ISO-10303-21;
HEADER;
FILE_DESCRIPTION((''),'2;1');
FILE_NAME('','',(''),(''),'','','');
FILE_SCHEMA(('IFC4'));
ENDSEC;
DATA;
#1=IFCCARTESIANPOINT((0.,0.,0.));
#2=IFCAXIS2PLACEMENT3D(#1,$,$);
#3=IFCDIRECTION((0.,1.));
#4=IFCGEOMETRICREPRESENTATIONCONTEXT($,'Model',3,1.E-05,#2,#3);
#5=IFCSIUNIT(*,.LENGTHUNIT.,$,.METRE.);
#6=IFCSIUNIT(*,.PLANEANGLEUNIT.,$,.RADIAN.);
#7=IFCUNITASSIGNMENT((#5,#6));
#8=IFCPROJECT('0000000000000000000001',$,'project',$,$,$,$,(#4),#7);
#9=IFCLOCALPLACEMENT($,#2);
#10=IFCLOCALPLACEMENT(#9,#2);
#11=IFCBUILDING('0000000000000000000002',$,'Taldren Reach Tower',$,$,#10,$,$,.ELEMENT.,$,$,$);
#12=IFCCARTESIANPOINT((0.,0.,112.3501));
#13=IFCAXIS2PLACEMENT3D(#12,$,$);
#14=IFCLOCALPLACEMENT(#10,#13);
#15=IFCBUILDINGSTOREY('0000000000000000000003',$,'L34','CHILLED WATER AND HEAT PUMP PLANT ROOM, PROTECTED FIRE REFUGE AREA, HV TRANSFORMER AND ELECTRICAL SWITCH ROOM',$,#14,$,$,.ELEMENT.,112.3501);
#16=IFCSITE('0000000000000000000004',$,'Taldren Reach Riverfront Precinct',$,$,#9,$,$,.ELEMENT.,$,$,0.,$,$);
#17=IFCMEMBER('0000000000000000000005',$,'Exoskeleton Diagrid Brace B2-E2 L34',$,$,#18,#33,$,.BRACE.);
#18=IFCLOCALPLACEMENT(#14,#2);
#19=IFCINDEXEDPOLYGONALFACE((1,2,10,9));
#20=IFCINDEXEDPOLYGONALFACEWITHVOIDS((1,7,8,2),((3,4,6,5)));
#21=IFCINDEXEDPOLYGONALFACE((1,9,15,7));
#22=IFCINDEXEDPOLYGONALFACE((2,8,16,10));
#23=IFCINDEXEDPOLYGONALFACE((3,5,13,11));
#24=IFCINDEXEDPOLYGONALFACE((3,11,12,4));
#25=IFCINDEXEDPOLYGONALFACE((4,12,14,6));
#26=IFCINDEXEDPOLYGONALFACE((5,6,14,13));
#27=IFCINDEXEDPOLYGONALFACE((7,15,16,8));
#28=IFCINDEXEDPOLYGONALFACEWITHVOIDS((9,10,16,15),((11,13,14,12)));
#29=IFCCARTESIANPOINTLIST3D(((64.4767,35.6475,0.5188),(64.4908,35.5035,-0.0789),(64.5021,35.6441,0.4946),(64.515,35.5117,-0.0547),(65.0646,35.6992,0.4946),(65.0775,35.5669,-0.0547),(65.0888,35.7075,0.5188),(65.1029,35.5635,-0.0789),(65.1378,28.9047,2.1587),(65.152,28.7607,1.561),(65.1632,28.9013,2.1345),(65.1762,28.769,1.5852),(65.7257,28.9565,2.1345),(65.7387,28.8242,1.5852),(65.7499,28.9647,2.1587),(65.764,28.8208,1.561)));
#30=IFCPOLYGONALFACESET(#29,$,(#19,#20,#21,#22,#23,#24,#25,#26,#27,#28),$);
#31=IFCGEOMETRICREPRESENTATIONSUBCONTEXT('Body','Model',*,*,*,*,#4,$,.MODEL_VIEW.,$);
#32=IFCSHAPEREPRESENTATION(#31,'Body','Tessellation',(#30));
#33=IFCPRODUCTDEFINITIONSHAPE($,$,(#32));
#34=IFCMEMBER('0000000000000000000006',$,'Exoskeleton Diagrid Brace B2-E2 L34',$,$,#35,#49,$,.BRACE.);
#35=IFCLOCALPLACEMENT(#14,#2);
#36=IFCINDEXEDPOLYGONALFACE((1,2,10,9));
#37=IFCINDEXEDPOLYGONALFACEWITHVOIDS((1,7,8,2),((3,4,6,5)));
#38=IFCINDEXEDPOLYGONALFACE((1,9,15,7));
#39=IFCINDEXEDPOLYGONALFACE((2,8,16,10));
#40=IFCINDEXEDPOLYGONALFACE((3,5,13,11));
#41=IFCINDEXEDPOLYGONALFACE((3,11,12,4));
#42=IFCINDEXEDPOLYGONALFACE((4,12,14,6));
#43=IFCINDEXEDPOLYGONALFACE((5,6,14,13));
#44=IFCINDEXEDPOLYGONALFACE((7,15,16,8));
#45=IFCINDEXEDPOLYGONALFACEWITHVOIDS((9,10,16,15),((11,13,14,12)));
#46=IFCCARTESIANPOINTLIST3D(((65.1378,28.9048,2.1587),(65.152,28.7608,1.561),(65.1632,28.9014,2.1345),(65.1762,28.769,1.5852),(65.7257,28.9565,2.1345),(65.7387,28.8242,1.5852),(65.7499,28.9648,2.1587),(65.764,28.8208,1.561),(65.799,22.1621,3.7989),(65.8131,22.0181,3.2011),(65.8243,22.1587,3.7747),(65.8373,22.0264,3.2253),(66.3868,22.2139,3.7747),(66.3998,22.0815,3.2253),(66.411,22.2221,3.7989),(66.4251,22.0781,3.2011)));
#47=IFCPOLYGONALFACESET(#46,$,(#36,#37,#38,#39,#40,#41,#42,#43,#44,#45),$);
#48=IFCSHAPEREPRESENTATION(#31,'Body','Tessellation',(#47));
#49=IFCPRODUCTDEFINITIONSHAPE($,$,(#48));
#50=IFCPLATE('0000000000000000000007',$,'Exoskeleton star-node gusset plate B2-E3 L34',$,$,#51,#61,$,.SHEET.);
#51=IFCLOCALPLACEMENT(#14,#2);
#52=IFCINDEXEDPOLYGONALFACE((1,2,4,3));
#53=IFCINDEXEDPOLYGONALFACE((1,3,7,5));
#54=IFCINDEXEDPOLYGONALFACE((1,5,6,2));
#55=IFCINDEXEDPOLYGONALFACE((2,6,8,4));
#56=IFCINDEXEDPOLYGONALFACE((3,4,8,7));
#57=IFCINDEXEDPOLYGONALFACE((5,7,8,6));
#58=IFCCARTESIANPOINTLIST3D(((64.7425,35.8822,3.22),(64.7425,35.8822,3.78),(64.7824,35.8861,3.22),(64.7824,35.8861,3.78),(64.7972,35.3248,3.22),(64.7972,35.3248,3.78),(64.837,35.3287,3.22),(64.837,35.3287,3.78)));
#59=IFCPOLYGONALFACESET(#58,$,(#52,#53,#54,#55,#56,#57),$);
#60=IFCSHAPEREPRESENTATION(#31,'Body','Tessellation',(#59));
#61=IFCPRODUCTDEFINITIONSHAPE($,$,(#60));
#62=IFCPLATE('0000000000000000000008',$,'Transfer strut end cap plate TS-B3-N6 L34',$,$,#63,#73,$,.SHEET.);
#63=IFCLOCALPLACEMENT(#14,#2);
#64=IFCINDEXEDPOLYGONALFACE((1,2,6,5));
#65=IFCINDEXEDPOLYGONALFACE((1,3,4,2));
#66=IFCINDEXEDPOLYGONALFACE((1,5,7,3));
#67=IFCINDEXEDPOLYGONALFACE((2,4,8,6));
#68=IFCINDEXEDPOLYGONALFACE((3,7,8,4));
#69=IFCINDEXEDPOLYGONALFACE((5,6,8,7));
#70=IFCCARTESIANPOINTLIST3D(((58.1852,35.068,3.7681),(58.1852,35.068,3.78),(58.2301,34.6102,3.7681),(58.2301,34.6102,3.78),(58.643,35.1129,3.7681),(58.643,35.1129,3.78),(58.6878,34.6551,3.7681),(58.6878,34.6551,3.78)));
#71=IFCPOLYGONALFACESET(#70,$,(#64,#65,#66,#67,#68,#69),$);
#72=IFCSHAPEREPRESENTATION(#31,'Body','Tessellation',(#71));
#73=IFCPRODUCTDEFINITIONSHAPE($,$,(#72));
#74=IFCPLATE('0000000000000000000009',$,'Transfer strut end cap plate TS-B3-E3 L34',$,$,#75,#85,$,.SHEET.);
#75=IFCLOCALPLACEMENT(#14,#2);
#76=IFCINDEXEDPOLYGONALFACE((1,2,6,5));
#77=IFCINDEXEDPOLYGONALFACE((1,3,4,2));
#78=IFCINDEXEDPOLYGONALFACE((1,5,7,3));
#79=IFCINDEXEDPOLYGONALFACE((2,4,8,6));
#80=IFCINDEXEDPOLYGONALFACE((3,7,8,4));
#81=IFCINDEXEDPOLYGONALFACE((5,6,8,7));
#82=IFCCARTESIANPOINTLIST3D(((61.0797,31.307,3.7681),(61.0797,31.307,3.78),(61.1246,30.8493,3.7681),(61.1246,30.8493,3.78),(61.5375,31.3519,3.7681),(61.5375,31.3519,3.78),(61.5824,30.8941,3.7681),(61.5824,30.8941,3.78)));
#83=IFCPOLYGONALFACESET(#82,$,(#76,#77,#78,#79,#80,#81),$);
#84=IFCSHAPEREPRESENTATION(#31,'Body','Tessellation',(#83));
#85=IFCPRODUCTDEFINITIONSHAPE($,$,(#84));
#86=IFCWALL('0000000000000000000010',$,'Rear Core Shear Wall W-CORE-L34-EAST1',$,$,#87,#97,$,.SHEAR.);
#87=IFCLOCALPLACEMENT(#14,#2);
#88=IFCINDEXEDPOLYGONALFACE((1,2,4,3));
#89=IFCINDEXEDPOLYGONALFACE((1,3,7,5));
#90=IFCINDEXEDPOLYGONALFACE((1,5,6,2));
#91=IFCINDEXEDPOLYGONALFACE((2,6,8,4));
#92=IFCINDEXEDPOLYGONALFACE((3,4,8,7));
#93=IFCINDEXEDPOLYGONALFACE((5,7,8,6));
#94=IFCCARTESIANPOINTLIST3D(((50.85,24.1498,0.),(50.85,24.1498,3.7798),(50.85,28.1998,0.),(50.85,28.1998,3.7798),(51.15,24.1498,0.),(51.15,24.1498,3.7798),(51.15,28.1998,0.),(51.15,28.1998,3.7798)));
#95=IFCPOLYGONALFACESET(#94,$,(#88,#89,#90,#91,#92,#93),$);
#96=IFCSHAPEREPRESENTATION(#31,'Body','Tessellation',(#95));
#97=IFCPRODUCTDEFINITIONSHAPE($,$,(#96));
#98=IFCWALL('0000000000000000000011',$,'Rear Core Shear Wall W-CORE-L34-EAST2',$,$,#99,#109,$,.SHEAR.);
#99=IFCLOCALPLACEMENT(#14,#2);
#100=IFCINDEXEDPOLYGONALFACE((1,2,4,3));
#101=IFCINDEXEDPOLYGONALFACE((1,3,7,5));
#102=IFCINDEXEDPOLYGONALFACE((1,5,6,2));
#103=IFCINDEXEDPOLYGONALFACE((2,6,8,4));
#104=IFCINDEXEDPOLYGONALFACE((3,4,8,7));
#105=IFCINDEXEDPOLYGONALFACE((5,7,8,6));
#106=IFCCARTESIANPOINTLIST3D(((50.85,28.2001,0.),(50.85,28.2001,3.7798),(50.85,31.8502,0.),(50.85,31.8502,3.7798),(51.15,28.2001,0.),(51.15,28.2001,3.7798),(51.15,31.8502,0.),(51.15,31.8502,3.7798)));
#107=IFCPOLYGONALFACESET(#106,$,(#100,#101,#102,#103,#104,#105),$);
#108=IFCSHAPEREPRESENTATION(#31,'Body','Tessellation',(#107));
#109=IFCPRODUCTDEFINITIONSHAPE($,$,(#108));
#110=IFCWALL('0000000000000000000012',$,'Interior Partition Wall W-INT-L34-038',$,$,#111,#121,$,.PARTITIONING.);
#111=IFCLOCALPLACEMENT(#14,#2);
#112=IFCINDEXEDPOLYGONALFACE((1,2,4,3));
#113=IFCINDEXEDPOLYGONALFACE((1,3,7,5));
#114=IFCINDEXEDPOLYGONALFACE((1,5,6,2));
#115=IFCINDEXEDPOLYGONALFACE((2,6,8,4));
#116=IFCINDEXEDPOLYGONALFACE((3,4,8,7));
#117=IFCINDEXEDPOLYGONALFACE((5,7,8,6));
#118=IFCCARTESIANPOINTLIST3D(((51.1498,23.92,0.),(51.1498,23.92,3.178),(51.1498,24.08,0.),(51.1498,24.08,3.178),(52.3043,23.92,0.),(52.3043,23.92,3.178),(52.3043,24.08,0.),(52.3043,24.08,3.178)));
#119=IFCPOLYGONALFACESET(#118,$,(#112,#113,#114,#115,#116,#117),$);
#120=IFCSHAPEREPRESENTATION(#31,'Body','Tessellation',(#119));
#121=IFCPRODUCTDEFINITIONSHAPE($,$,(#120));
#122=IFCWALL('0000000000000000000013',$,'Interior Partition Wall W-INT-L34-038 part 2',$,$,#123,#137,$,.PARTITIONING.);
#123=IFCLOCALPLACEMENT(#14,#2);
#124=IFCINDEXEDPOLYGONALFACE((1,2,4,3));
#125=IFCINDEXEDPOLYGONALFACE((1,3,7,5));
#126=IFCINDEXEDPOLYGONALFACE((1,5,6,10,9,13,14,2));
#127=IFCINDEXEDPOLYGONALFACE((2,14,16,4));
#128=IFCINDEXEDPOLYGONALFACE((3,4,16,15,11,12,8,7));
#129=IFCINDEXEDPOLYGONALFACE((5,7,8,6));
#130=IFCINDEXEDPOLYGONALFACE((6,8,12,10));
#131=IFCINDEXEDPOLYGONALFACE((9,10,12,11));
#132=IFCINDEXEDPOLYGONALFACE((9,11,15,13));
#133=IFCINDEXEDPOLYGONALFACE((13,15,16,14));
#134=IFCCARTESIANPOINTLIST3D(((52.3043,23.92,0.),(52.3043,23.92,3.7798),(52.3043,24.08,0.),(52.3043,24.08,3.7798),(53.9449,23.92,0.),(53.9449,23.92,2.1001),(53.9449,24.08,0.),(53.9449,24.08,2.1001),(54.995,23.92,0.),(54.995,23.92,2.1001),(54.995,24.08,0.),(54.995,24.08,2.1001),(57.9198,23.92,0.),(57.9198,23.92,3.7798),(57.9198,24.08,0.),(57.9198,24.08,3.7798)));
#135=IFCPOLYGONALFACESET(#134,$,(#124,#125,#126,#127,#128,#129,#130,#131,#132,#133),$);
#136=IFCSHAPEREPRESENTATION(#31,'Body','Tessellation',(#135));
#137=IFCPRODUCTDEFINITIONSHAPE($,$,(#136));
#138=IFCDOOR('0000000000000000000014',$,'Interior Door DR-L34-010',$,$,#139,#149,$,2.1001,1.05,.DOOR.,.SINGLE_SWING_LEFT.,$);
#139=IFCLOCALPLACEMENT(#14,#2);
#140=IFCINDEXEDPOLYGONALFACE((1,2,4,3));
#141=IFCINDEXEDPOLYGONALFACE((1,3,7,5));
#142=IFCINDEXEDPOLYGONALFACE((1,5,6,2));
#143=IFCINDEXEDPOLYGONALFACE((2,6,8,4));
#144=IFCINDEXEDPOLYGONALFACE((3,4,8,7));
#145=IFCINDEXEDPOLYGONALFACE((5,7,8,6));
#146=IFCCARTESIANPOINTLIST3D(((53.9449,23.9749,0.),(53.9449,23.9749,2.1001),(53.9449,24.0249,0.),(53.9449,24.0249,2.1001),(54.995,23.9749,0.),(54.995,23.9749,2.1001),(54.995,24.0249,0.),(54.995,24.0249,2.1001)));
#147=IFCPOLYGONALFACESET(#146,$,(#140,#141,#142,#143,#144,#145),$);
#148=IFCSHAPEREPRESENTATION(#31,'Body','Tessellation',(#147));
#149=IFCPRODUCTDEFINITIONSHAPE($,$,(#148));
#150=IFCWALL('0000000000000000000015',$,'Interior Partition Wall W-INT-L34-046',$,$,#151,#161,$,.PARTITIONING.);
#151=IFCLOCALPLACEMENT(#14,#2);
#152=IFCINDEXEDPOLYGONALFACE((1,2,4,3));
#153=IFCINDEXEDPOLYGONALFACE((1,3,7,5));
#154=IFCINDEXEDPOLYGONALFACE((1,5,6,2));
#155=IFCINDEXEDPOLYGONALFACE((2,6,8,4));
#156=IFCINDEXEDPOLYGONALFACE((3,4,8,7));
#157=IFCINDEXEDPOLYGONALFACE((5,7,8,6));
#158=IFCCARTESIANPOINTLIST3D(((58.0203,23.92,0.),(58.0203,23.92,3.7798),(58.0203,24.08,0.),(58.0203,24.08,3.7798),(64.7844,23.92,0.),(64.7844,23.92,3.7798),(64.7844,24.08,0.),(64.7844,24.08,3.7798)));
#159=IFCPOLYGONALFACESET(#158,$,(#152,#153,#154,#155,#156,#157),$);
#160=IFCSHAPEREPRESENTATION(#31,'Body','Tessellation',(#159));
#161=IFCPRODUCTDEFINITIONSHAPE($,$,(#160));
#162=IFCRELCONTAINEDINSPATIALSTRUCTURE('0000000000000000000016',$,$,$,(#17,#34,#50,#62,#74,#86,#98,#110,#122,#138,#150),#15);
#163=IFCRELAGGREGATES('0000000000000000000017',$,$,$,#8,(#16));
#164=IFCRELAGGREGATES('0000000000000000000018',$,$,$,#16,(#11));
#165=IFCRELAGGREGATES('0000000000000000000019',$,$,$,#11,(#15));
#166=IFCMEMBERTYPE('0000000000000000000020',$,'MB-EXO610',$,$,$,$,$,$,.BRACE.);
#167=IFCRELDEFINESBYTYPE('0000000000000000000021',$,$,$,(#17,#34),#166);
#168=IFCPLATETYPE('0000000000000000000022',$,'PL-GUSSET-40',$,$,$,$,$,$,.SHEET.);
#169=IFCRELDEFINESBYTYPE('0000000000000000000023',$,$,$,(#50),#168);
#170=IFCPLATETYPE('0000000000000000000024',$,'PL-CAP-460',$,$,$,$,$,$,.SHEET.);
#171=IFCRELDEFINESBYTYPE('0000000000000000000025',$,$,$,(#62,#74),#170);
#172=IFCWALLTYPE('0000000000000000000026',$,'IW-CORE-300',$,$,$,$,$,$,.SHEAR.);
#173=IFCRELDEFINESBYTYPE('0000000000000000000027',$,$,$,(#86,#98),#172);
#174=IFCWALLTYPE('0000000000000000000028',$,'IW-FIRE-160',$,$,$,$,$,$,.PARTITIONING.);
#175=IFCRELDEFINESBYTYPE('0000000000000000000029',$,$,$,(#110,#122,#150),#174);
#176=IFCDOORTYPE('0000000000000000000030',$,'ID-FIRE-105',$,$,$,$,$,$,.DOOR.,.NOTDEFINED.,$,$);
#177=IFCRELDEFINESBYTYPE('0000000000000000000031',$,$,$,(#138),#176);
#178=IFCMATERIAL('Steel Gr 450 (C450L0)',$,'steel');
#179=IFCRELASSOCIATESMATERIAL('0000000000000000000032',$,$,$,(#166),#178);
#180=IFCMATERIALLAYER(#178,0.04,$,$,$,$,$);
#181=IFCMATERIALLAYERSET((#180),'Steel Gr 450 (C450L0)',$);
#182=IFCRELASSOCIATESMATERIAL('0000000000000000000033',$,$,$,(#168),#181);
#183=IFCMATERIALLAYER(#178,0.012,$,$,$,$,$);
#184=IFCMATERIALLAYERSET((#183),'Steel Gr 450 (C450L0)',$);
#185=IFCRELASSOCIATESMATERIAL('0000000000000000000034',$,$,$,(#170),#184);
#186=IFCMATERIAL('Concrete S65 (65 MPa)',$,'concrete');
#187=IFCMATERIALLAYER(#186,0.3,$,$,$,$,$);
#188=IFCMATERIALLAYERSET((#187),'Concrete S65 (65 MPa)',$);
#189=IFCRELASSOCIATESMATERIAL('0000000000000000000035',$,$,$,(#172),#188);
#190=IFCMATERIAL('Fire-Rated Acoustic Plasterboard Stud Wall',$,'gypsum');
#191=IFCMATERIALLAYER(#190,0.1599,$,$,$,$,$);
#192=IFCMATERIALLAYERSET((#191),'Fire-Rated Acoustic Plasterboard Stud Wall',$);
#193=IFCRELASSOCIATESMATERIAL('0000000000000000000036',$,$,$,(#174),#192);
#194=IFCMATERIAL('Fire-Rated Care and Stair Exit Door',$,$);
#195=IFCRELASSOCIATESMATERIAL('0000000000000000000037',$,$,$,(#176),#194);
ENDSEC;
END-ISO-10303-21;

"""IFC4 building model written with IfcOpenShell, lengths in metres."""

from ifc_helpers import new_model, si_unit, direction, frame, frame_2d, origin, origin_2d, place, context, subcontext, project, spatial, rectangle, hollow_rectangle, extrude, source, transform, mapped, material, layer, layer_set, material_profile, profile_set, type_object, element, fill, save


model = new_model("IFC4")

# Units and contexts
model_context = context("Model", 3, precision=1e-05, world=origin(), true_north=direction((0.0, 1.0)))
body_context = subcontext(model_context, "Body", "Model", "MODEL_VIEW")
ifc_project = project(units=[si_unit("LENGTHUNIT", "METRE"), si_unit("PLANEANGLEUNIT", "RADIAN")], contexts=[model_context])

# Site, building, storey
site_placement = place(None, origin())
site = spatial("IfcSite", under=ifc_project, at=site_placement, Name="Taldren Reach Riverfront Precinct", CompositionType="ELEMENT", RefElevation=0.0)
building_placement = place(site_placement, origin())
building = spatial("IfcBuilding", under=site, at=building_placement, Name="Taldren Reach Tower", CompositionType="ELEMENT")
storey_placement = place(building_placement, frame((0.0, 0.0, 112.3501)))
storey = spatial("IfcBuildingStorey", under=building, at=storey_placement, Name="L34", Description="CHILLED WATER AND HEAT PUMP PLANT ROOM, PROTECTED FIRE REFUGE AREA, HV TRANSFORMER AND ELECTRICAL SWITCH ROOM", CompositionType="ELEMENT", Elevation=112.3501)

# Shared definitions
ifc_material_1 = material(Name="Concrete S65 (65 MPa)", Category="concrete")

# Shared definitions
ifc_material_2 = material(Name="Steel Gr 450 (C450L0)", Category="steel")

# Members
ifc_material_profile_1 = material_profile(ifc_material_2, hollow_rectangle(XDim=0.615, YDim=0.615, WallThickness=0.0249, at=origin_2d()), Name="615x615x25.0SHS")
ifc_profile_set_1 = profile_set([ifc_material_profile_1], Name="Steel Gr 450 (C450L0)")
member_type_1 = type_object("IfcMemberType", Name="MB-EXO610", PredefinedType="BRACE", material=ifc_profile_set_1)
shared_shape_1 = source(origin(), body_context, "Body", "SweptSolid", [
    extrude(hollow_rectangle(XDim=0.615, YDim=0.615, WallThickness=0.0249, at=origin_2d()), origin(), (0.0, 0.0, 1.0), 6.9707),
])
for number, where, z_axis, x_axis, name in (
    (1, (64.7898, 35.6055, 0.22), (0.094845, -0.967295, 0.235257), (0.995227, 0.097584, 0.0), "Exoskeleton Diagrid Brace B2-E2 L34"),
    (2, (65.4509, 28.8628, 1.8599), (0.094844, -0.967287, 0.23529), (0.995227, 0.097584, 0.0), "Exoskeleton Diagrid Brace B2-E2 L34"),
):
    element("IfcMember", number, at=place(storey_placement, frame(where, z_axis=z_axis, x_axis=x_axis)), inside=storey, type_object=member_type_1, Name=name, PredefinedType="BRACE", context=body_context, shape_type="MappedRepresentation", body=[
        mapped(shared_shape_1, transform((0.0, 0.0, 0.0), scale=1.0)),
    ])

# Plates
ifc_layer_1 = layer(ifc_material_2, 0.04)
ifc_layer_set_1 = layer_set([ifc_layer_1], Name="Steel Gr 450 (C450L0)")
plate_type_1 = type_object("IfcPlateType", Name="PL-GUSSET-40", PredefinedType="SHEET", material=ifc_layer_set_1)
shared_shape_2 = source(origin(), body_context, "Body", "SweptSolid", [
    extrude(rectangle(XDim=0.5601, YDim=0.04, at=origin_2d()), origin(), (0.0, 0.0, 1.0), 0.5601),
])
plate_placement = place(storey_placement, frame((64.7898, 35.6055, 3.22), z_axis=(0.0, 0.0, 1.0), x_axis=(-0.097583, 0.995227, 0.0)))
element("IfcPlate", 3, at=plate_placement, inside=storey, type_object=plate_type_1, Name="Exoskeleton star-node gusset plate B2-E3 L34", PredefinedType="SHEET", context=body_context, shape_type="MappedRepresentation", body=[
    mapped(shared_shape_2, transform((0.0, 0.0, 0.0), scale=1.0)),
])
ifc_layer_2 = layer(ifc_material_2, 0.012)
ifc_layer_set_2 = layer_set([ifc_layer_2], Name="Steel Gr 450 (C450L0)")
plate_type_2 = type_object("IfcPlateType", Name="PL-CAP-460", PredefinedType="SHEET", material=ifc_layer_set_2)
shared_shape_3 = source(origin(), body_context, "Body", "SweptSolid", [
    extrude(rectangle(XDim=0.46, YDim=0.46, at=origin_2d()), origin(), (0.0, 0.0, 1.0), 0.012),
])
for number, where, z_axis, x_axis, name in (
    (4, (58.4365, 34.8616, 3.7681), (0.0, 0.0, 1.0), (0.995227, 0.097583, 0.0), "Transfer strut end cap plate TS-B3-N6 L34"),
    (5, (61.3311, 31.1006, 3.7681), (0.0, 0.0, 1.0), (0.995227, 0.097583, 0.0), "Transfer strut end cap plate TS-B3-E3 L34"),
):
    element("IfcPlate", number, at=place(storey_placement, frame(where, z_axis=z_axis, x_axis=x_axis)), inside=storey, type_object=plate_type_2, Name=name, PredefinedType="SHEET", context=body_context, shape_type="MappedRepresentation", body=[
        mapped(shared_shape_3, transform((0.0, 0.0, 0.0), scale=1.0)),
    ])

# Walls
ifc_layer_3 = layer(ifc_material_1, 0.3)
ifc_layer_set_3 = layer_set([ifc_layer_3], Name="Concrete S65 (65 MPa)")
wall_type_1 = type_object("IfcWallType", Name="IW-CORE-300", PredefinedType="SHEAR", material=ifc_layer_set_3)
shared_shape_4 = source(origin(), body_context, "Body", "SweptSolid", [
    extrude(rectangle(XDim=4.05, YDim=0.3, at=frame_2d((2.0249, 0.0))), origin(), (0.0, 0.0, 1.0), 3.7798),
])
wall_1_placement = place(storey_placement, frame((51.0, 24.1499, 0.0), z_axis=(0.0, 0.0, 1.0), x_axis=(0.0, 1.0, 0.0)))
element("IfcWall", 6, at=wall_1_placement, inside=storey, type_object=wall_type_1, Name="Rear Core Shear Wall W-CORE-L34-EAST1", PredefinedType="SHEAR", context=body_context, shape_type="MappedRepresentation", body=[
    mapped(shared_shape_4, transform((0.0, 0.0, 0.0), scale=1.0)),
])
shared_shape_5 = source(origin(), body_context, "Body", "SweptSolid", [
    extrude(rectangle(XDim=3.6501, YDim=0.3, at=frame_2d((1.8252, 0.0))), origin(), (0.0, 0.0, 1.0), 3.7798),
])
wall_2_placement = place(storey_placement, frame((51.0, 28.2, 0.0), z_axis=(0.0, 0.0, 1.0), x_axis=(0.0, 1.0, 0.0)))
element("IfcWall", 7, at=wall_2_placement, inside=storey, type_object=wall_type_1, Name="Rear Core Shear Wall W-CORE-L34-EAST2", PredefinedType="SHEAR", context=body_context, shape_type="MappedRepresentation", body=[
    mapped(shared_shape_5, transform((0.0, 0.0, 0.0), scale=1.0)),
])
ifc_material_3 = material(Name="Fire-Rated Acoustic Plasterboard Stud Wall", Category="gypsum")
ifc_layer_4 = layer(ifc_material_3, 0.1599)
ifc_layer_set_4 = layer_set([ifc_layer_4], Name="Fire-Rated Acoustic Plasterboard Stud Wall")
wall_type_2 = type_object("IfcWallType", Name="IW-FIRE-160", PredefinedType="PARTITIONING", material=ifc_layer_set_4)
shared_shape_6 = source(origin(), body_context, "Body", "SweptSolid", [
    extrude(rectangle(XDim=1.1545, YDim=0.1599, at=frame_2d((0.5771, 0.0))), origin(), (0.0, 0.0, 1.0), 3.178),
])
wall_3_placement = place(storey_placement, frame((51.1499, 24.0, 0.0), z_axis=(0.0, 0.0, 1.0), x_axis=(1.0, 0.0, 0.0)))
element("IfcWall", 8, at=wall_3_placement, inside=storey, type_object=wall_type_2, Name="Interior Partition Wall W-INT-L34-038", PredefinedType="PARTITIONING", context=body_context, shape_type="MappedRepresentation", body=[
    mapped(shared_shape_6, transform((0.0, 0.0, 0.0), scale=1.0)),
])

# Wall, opening, door
shared_shape_7 = source(origin(), body_context, "Body", "SweptSolid", [
    extrude(rectangle(XDim=5.6155, YDim=0.1599, at=frame_2d((2.8076, 0.0))), origin(), (0.0, 0.0, 1.0), 3.7798),
])
wall_4_placement = place(storey_placement, frame((52.3044, 24.0, 0.0), z_axis=(0.0, 0.0, 1.0), x_axis=(1.0, 0.0, 0.0)))
wall_4 = element("IfcWall", 9, at=wall_4_placement, inside=storey, type_object=wall_type_2, Name="Interior Partition Wall W-INT-L34-038 part 2", PredefinedType="PARTITIONING", context=body_context, shape_type="MappedRepresentation", body=[
    mapped(shared_shape_7, transform((0.0, 0.0, 0.0), scale=1.0)),
])
shared_shape_8 = source(origin(), body_context, "Body", "SweptSolid", [
    extrude(rectangle(XDim=1.05, YDim=2.1001, at=frame_2d((0.5249, 1.05))), frame((0.0, 0.0898, 0.0), z_axis=(0.0, -1.0, 0.0), x_axis=(1.0, 0.0, 0.0)), (0.0, 0.0, 1.0), 0.1799),
])
opening_placement = place(wall_4_placement, frame((1.6406, 0.0, 0.0)))
opening = element("IfcOpeningElement", 10, at=opening_placement, cuts=wall_4, PredefinedType="OPENING", context=body_context, shape_type="MappedRepresentation", body=[
    mapped(shared_shape_8, transform((0.0, 0.0, 0.0), scale=1.0)),
])
ifc_material_4 = material(Name="Fire-Rated Care and Stair Exit Door")
door_type = type_object("IfcDoorType", Name="ID-FIRE-105", OperationType="NOTDEFINED", PredefinedType="DOOR", material=ifc_material_4)
shared_shape_9 = source(origin(), body_context, "Body", "SweptSolid", [
    extrude(rectangle(XDim=1.05, YDim=2.1001, at=frame_2d((0.5249, 1.05))), frame((0.0, 0.0249, 0.0), z_axis=(0.0, -1.0, 0.0), x_axis=(1.0, 0.0, 0.0)), (0.0, 0.0, 1.0), 0.05),
])
door_placement = place(opening_placement, origin())
door = element("IfcDoor", 11, at=door_placement, inside=storey, type_object=door_type, Name="Interior Door DR-L34-010", OperationType="SINGLE_SWING_LEFT", OverallHeight=2.1001, OverallWidth=1.05, PredefinedType="DOOR", context=body_context, shape_type="MappedRepresentation", body=[
    mapped(shared_shape_9, transform((0.0, 0.0, 0.0), scale=1.0)),
])
fill(opening, door)

# Wall
shared_shape_10 = source(origin(), body_context, "Body", "SweptSolid", [
    extrude(rectangle(XDim=6.7642, YDim=0.1599, at=frame_2d((3.3821, 0.0))), origin(), (0.0, 0.0, 1.0), 3.7798),
])
wall_5_placement = place(storey_placement, frame((64.7844, 24.0, 0.0), z_axis=(0.0, 0.0, 1.0), x_axis=(-1.0, 0.0, 0.0)))
element("IfcWall", 12, at=wall_5_placement, inside=storey, type_object=wall_type_2, Name="Interior Partition Wall W-INT-L34-046", PredefinedType="PARTITIONING", context=body_context, shape_type="MappedRepresentation", body=[
    mapped(shared_shape_10, transform((0.0, 0.0, 0.0), scale=1.0)),
])

save(model, "model.ifc")
